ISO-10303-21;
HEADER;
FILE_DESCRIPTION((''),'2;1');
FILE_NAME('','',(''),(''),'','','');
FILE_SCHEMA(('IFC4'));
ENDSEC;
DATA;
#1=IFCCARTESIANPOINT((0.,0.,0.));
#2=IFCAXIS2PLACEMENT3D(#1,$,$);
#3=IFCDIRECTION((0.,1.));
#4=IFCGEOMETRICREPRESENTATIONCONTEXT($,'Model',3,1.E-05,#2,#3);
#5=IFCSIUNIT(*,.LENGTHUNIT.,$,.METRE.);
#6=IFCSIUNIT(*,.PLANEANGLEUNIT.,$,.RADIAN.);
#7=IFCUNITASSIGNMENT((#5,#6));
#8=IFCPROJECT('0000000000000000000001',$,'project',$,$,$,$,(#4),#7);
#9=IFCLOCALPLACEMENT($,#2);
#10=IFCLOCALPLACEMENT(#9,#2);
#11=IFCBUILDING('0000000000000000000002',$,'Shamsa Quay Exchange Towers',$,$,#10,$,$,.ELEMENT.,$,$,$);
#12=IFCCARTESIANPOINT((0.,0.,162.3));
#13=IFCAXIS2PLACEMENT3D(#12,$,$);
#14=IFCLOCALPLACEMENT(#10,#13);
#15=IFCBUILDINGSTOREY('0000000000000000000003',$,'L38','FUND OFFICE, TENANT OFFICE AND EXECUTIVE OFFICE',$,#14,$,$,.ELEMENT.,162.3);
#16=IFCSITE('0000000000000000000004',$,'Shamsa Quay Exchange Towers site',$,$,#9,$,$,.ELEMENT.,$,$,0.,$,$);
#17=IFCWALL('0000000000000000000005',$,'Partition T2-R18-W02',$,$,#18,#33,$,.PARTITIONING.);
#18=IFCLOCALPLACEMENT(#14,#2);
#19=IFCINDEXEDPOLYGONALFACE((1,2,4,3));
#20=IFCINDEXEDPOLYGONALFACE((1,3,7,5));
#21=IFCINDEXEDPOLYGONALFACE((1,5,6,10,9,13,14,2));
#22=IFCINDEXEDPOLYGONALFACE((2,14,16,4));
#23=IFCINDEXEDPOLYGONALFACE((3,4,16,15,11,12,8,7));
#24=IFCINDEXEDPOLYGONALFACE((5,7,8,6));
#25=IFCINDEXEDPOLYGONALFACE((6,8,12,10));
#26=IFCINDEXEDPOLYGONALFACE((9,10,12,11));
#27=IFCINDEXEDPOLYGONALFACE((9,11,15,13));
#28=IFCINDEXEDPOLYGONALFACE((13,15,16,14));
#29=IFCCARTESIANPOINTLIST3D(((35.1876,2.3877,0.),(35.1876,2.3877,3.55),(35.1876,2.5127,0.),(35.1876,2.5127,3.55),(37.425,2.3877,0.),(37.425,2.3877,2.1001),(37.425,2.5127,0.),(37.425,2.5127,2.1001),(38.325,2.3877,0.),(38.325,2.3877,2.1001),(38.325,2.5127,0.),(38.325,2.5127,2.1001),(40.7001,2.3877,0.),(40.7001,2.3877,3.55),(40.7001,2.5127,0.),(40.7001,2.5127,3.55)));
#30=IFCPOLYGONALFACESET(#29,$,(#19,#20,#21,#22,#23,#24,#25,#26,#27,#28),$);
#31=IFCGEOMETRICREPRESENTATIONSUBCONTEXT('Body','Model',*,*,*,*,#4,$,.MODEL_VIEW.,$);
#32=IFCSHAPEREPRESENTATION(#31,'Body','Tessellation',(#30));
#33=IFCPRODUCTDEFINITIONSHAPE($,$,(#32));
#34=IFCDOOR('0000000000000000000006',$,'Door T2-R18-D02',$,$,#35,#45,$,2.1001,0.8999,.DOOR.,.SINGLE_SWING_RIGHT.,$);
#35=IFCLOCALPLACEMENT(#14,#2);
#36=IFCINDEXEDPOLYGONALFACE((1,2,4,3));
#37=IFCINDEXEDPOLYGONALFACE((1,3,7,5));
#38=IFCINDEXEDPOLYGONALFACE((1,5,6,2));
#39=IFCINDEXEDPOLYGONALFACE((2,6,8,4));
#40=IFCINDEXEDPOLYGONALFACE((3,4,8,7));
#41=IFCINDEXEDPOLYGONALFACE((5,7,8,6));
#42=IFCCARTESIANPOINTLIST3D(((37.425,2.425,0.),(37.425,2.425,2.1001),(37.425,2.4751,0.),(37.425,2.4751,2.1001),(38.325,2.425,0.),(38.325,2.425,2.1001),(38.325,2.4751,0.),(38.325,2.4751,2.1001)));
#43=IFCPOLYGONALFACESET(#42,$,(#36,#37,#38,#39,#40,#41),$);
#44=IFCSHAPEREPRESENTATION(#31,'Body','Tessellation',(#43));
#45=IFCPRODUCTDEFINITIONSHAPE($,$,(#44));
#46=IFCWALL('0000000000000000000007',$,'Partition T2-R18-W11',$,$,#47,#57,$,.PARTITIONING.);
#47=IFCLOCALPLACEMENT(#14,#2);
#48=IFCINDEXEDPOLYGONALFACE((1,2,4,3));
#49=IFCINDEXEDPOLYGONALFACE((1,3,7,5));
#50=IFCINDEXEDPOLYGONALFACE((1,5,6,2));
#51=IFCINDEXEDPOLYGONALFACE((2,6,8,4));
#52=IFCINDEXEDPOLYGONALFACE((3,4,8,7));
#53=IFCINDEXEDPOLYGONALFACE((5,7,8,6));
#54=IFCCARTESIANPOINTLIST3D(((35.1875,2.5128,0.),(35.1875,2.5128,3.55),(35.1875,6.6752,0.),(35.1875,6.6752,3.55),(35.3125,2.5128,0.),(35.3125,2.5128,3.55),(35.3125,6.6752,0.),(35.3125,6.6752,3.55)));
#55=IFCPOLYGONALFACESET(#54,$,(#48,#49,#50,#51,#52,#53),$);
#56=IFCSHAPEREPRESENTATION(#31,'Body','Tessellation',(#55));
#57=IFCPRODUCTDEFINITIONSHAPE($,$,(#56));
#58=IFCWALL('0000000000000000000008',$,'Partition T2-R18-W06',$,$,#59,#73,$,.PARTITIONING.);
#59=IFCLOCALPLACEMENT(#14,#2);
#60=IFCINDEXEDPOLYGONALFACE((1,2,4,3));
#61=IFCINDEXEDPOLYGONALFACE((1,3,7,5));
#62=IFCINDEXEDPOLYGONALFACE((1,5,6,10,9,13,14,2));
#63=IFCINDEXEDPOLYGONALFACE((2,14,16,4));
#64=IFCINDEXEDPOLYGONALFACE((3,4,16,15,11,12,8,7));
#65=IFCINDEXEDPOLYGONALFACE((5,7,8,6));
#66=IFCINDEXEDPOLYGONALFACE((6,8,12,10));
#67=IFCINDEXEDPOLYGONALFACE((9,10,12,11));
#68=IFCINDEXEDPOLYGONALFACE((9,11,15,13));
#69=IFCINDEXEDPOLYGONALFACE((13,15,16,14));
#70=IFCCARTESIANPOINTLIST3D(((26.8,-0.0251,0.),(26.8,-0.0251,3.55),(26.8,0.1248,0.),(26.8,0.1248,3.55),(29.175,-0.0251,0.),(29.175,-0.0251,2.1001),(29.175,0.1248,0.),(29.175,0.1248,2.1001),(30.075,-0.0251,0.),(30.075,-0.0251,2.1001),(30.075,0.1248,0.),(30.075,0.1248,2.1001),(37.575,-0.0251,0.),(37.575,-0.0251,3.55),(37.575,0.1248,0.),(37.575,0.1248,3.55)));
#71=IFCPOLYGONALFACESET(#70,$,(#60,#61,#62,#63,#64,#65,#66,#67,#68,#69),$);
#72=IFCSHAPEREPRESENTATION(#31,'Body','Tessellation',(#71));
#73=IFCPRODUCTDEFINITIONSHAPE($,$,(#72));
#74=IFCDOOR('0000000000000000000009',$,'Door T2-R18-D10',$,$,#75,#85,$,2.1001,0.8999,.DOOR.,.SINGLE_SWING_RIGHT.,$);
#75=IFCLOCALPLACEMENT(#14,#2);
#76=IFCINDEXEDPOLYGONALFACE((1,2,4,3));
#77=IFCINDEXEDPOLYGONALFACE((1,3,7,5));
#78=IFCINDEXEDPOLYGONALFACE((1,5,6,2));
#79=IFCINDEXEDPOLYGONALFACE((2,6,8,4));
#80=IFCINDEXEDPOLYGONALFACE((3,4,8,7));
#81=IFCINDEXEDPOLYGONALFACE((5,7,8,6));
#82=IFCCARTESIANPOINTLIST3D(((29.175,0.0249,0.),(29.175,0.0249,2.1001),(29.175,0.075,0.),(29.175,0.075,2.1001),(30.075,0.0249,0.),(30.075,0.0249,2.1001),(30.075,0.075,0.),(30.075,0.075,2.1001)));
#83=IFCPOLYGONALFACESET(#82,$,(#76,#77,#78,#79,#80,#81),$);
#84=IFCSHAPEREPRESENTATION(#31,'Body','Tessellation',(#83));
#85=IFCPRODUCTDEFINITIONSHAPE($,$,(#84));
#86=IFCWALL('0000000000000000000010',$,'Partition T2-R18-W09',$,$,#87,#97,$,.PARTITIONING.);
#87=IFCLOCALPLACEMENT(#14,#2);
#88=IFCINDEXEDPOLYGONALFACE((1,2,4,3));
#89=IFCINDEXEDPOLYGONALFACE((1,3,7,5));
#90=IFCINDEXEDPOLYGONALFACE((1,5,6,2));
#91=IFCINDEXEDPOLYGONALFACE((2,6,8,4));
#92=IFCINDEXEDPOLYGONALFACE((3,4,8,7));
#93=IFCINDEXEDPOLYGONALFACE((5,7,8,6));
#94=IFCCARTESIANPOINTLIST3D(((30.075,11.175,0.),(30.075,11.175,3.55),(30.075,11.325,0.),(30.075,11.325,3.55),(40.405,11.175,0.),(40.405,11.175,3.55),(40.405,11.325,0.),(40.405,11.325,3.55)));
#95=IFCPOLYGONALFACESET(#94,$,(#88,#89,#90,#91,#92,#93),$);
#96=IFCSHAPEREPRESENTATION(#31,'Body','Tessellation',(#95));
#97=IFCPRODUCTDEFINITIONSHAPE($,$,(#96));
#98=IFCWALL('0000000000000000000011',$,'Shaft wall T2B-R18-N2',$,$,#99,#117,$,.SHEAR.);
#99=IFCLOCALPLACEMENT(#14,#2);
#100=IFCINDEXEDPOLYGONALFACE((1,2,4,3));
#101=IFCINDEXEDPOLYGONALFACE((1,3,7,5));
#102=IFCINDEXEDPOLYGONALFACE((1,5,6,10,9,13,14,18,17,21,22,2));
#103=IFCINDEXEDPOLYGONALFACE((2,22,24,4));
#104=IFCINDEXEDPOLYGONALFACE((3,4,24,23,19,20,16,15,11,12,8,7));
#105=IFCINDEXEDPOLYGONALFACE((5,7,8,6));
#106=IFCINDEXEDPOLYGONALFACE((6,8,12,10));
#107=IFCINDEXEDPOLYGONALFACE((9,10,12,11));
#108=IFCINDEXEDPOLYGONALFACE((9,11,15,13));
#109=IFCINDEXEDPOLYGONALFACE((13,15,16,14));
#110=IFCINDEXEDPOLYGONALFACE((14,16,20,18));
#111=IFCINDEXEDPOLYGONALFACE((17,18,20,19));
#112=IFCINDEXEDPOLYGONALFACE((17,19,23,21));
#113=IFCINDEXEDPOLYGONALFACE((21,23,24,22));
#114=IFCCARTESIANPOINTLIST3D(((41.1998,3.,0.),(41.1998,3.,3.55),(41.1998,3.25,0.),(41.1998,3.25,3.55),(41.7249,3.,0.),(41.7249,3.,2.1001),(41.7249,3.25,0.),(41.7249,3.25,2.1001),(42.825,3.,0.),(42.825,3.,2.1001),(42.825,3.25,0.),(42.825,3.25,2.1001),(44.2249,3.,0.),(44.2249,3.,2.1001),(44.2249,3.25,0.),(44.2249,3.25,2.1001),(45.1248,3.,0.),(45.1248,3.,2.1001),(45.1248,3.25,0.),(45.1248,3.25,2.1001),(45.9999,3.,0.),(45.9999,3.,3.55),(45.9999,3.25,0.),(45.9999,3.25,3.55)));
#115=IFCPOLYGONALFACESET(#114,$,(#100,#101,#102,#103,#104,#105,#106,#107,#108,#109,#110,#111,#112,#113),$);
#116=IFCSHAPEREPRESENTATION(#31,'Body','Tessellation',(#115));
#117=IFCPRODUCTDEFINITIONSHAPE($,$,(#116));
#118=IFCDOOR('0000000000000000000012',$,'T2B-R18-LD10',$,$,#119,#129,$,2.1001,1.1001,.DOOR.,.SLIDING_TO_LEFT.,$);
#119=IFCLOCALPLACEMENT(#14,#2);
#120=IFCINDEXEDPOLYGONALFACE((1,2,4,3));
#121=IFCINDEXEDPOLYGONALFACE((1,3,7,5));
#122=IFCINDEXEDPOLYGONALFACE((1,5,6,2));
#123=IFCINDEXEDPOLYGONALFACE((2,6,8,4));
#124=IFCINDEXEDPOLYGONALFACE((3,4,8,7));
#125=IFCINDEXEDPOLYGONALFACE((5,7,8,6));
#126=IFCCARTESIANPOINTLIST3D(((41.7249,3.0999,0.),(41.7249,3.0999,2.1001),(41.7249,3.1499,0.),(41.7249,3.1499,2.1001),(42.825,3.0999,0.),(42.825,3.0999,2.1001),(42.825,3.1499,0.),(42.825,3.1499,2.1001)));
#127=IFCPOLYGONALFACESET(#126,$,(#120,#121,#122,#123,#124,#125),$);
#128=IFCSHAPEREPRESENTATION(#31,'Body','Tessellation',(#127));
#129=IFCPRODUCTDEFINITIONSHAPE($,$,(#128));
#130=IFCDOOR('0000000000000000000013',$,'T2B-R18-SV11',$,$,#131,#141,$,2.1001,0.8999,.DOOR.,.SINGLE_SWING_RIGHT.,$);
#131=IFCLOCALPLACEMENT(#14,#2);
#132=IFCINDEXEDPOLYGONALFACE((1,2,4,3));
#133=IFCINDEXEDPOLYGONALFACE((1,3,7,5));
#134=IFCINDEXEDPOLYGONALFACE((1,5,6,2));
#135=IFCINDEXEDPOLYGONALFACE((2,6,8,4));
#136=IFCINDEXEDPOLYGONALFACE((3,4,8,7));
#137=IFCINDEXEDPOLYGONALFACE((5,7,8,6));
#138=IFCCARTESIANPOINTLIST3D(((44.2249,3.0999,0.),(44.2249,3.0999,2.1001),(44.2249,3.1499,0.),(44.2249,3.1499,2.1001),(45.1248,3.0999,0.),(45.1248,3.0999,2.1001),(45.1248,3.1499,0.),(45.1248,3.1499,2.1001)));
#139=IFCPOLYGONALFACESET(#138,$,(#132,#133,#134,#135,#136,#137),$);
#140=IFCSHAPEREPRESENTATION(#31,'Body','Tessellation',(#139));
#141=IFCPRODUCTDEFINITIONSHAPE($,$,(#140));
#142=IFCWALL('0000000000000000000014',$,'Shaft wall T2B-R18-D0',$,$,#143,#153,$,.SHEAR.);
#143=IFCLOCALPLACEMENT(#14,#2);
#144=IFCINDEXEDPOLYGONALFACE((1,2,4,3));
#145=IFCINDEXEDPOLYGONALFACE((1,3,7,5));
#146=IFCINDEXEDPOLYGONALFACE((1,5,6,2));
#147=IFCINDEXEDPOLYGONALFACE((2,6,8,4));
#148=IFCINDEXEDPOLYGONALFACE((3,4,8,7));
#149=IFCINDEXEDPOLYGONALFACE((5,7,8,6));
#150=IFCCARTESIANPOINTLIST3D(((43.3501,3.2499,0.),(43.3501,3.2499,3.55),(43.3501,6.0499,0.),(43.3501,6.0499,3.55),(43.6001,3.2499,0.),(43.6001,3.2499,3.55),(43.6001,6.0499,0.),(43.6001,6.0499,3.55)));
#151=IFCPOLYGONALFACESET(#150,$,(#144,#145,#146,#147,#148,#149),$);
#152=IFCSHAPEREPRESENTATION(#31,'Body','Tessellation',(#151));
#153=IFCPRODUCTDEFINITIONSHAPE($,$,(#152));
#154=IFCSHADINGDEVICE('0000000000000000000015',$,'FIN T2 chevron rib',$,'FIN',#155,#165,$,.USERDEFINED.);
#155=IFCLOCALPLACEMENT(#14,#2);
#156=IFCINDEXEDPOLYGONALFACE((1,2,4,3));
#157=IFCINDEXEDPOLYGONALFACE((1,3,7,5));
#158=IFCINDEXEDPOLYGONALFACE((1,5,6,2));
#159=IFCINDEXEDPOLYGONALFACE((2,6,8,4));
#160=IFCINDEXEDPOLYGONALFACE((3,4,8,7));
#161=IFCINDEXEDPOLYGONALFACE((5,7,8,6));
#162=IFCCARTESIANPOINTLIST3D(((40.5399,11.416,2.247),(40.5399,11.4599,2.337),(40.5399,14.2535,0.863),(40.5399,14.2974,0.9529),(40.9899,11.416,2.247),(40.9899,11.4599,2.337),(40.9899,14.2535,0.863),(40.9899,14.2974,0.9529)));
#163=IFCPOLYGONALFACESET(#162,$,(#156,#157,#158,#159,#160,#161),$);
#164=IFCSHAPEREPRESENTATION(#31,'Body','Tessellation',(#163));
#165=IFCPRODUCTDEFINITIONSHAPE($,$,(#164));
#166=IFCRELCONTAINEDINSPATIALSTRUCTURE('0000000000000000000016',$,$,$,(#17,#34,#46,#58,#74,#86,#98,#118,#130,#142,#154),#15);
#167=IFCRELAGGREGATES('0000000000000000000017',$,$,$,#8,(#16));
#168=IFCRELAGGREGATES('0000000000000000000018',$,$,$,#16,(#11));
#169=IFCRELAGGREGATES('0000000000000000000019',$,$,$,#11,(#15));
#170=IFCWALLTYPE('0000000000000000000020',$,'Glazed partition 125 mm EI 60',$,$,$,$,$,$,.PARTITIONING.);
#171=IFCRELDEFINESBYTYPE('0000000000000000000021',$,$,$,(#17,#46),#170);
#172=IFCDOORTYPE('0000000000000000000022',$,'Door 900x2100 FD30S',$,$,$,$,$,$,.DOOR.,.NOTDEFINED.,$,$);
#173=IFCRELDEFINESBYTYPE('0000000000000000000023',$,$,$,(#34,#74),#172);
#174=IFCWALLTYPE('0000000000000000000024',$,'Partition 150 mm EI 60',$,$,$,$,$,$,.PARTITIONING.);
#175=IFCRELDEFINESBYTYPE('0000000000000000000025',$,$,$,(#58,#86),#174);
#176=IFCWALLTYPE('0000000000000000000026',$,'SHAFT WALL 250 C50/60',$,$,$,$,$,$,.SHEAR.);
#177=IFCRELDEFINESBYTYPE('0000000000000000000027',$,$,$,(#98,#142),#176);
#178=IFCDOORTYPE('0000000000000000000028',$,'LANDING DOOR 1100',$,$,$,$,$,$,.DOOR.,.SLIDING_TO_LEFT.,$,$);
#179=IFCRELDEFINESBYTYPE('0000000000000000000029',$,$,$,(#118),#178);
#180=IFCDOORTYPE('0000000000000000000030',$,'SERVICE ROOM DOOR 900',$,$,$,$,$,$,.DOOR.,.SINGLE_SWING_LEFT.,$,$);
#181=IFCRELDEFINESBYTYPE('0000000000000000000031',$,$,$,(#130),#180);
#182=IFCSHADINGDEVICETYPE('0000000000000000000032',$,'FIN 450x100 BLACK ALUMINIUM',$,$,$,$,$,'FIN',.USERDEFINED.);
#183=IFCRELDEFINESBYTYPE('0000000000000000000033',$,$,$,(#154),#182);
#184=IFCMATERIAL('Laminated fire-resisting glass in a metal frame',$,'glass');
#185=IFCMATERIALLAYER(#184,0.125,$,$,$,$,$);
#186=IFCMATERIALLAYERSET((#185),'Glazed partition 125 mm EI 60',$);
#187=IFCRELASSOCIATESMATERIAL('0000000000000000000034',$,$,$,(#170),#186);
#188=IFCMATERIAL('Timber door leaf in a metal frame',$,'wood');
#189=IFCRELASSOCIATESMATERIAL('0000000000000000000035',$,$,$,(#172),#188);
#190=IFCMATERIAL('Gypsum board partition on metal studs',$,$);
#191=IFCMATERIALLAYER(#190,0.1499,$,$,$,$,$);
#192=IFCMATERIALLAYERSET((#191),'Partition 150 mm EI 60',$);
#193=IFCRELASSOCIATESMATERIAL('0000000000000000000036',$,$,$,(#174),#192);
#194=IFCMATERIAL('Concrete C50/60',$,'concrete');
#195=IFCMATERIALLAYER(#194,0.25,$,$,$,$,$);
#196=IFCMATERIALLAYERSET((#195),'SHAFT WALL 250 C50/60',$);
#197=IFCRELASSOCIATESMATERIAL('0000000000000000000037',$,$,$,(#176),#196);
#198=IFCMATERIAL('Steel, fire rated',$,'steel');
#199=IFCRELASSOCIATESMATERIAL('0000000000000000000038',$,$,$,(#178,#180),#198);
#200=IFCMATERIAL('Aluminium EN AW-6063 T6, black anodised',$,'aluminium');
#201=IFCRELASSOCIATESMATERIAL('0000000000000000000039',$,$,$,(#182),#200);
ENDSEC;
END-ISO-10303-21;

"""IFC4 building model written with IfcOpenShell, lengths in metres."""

from ifc_helpers import new_model, si_unit, direction, frame, frame_2d, origin, origin_2d, place, context, subcontext, project, spatial, rectangle, extrude, material, layer, layer_set, material_profile, profile_set, type_object, element, fill, save


model = new_model("IFC4")

# Units and contexts
model_context = context("Model", 3, precision=1e-05, world=origin(), true_north=direction((0.0, 1.0)))
body_context = subcontext(model_context, "Body", "Model", "MODEL_VIEW")
ifc_project = project(units=[si_unit("LENGTHUNIT", "METRE"), si_unit("PLANEANGLEUNIT", "RADIAN")], contexts=[model_context])

# Site, building, storey
site_placement = place(None, origin())
site = spatial("IfcSite", under=ifc_project, at=site_placement, Name="Shamsa Quay Exchange Towers site", CompositionType="ELEMENT", RefElevation=0.0)
building_placement = place(site_placement, origin())
building = spatial("IfcBuilding", under=site, at=building_placement, Name="Shamsa Quay Exchange Towers", CompositionType="ELEMENT")
storey_placement = place(building_placement, frame((0.0, 0.0, 162.3)))
storey = spatial("IfcBuildingStorey", under=building, at=storey_placement, Name="L38", Description="FUND OFFICE, TENANT OFFICE AND EXECUTIVE OFFICE", CompositionType="ELEMENT", Elevation=162.3)

# Shared definitions
ifc_material_1 = material(Name="Aluminium EN AW-6063 T6, black anodised", Category="aluminium")

# Wall, opening, door
ifc_material_2 = material(Name="Laminated fire-resisting glass in a metal frame", Category="glass")
ifc_layer_1 = layer(ifc_material_2, 0.125)
ifc_layer_set_1 = layer_set([ifc_layer_1], Name="Glazed partition 125 mm EI 60")
wall_type_1 = type_object("IfcWallType", Name="Glazed partition 125 mm EI 60", PredefinedType="PARTITIONING", material=ifc_layer_set_1)
wall_1_placement = place(storey_placement, frame((35.1875, 2.4502, 0.0)))
wall_1 = element("IfcWall", 1, at=wall_1_placement, inside=storey, type_object=wall_type_1, Name="Partition T2-R18-W02", PredefinedType="PARTITIONING", context=body_context, shape_type="SweptSolid", body=[
    extrude(rectangle(XDim=5.5125, YDim=0.125, at=frame_2d((2.7563, 0.0))), origin(), (0.0, 0.0, 1.0), 3.55),
])
opening_1_placement = place(wall_1_placement, frame((2.2375, 0.0, 0.0)))
opening_1 = element("IfcOpeningElement", 2, at=opening_1_placement, cuts=wall_1, PredefinedType="OPENING", context=body_context, shape_type="SweptSolid", body=[
    extrude(rectangle(XDim=0.8999, YDim=2.1001, at=frame_2d((0.45, 1.05))), frame((0.0, 0.0725, 0.0), z_axis=(0.0, -1.0, 0.0), x_axis=(1.0, 0.0, 0.0)), (0.0, 0.0, 1.0), 0.145),
])
ifc_material_3 = material(Name="Timber door leaf in a metal frame", Category="wood")
door_type_1 = type_object("IfcDoorType", Name="Door 900x2100 FD30S", OperationType="NOTDEFINED", PredefinedType="DOOR", material=ifc_material_3)
door_1_placement = place(opening_1_placement, origin())
door_1 = element("IfcDoor", 3, at=door_1_placement, inside=storey, type_object=door_type_1, Name="Door T2-R18-D02", OperationType="SINGLE_SWING_RIGHT", OverallHeight=2.1001, OverallWidth=0.8999, PredefinedType="DOOR", context=body_context, shape_type="SweptSolid", body=[
    extrude(rectangle(XDim=0.8999, YDim=2.1001, at=frame_2d((0.45, 1.05))), frame((0.0, 0.0249, 0.0), z_axis=(0.0, -1.0, 0.0), x_axis=(1.0, 0.0, 0.0)), (0.0, 0.0, 1.0), 0.05),
])
fill(opening_1, door_1)

# Wall
wall_2_placement = place(storey_placement, frame((35.25, 6.675, 0.0), z_axis=(0.0, 0.0, 1.0), x_axis=(0.0, -1.0, 0.0)))
element("IfcWall", 4, at=wall_2_placement, inside=storey, type_object=wall_type_1, Name="Partition T2-R18-W11", PredefinedType="PARTITIONING", context=body_context, shape_type="SweptSolid", body=[
    extrude(rectangle(XDim=4.1624, YDim=0.125, at=frame_2d((2.0811, 0.0))), origin(), (0.0, 0.0, 1.0), 3.55),
])

# Wall, opening, door
ifc_material_4 = material(Name="Gypsum board partition on metal studs")
ifc_layer_2 = layer(ifc_material_4, 0.1499)
ifc_layer_set_2 = layer_set([ifc_layer_2], Name="Partition 150 mm EI 60")
wall_type_2 = type_object("IfcWallType", Name="Partition 150 mm EI 60", PredefinedType="PARTITIONING", material=ifc_layer_set_2)
wall_3_placement = place(storey_placement, frame((37.575, 0.0498, 0.0), z_axis=(0.0, 0.0, 1.0), x_axis=(-1.0, 0.0, 0.0)))
wall_3 = element("IfcWall", 5, at=wall_3_placement, inside=storey, type_object=wall_type_2, Name="Partition T2-R18-W06", PredefinedType="PARTITIONING", context=body_context, shape_type="SweptSolid", body=[
    extrude(rectangle(XDim=10.7749, YDim=0.1499, at=frame_2d((5.3875, 0.0))), origin(), (0.0, 0.0, 1.0), 3.55),
])
opening_2_placement = place(wall_3_placement, frame((7.5, 0.0, 0.0)))
opening_2 = element("IfcOpeningElement", 6, at=opening_2_placement, cuts=wall_3, PredefinedType="OPENING", context=body_context, shape_type="SweptSolid", body=[
    extrude(rectangle(XDim=0.8999, YDim=2.1001, at=frame_2d((0.45, 1.05))), frame((0.0, 0.085, 0.0), z_axis=(0.0, -1.0, 0.0), x_axis=(1.0, 0.0, 0.0)), (0.0, 0.0, 1.0), 0.1699),
])
door_2_placement = place(opening_2_placement, origin())
door_2 = element("IfcDoor", 7, at=door_2_placement, inside=storey, type_object=door_type_1, Name="Door T2-R18-D10", OperationType="SINGLE_SWING_RIGHT", OverallHeight=2.1001, OverallWidth=0.8999, PredefinedType="DOOR", context=body_context, shape_type="SweptSolid", body=[
    extrude(rectangle(XDim=0.8999, YDim=2.1001, at=frame_2d((0.45, 1.05))), frame((0.0, 0.0249, 0.0), z_axis=(0.0, -1.0, 0.0), x_axis=(1.0, 0.0, 0.0)), (0.0, 0.0, 1.0), 0.05),
])
fill(opening_2, door_2)

# Wall
wall_4_placement = place(storey_placement, frame((40.405, 11.25, 0.0), z_axis=(0.0, 0.0, 1.0), x_axis=(-1.0, 0.0, 0.0)))
element("IfcWall", 8, at=wall_4_placement, inside=storey, type_object=wall_type_2, Name="Partition T2-R18-W09", PredefinedType="PARTITIONING", context=body_context, shape_type="SweptSolid", body=[
    extrude(rectangle(XDim=10.3301, YDim=0.1499, at=frame_2d((5.165, 0.0))), origin(), (0.0, 0.0, 1.0), 3.55),
])

# Wall, openings, doors
ifc_material_5 = material(Name="Concrete C50/60", Category="concrete")
ifc_layer_3 = layer(ifc_material_5, 0.25)
ifc_layer_set_3 = layer_set([ifc_layer_3], Name="SHAFT WALL 250 C50/60")
wall_type_3 = type_object("IfcWallType", Name="SHAFT WALL 250 C50/60", PredefinedType="SHEAR", material=ifc_layer_set_3)
wall_5_placement = place(storey_placement, frame((41.2, 3.125, 0.0)))
wall_5 = element("IfcWall", 9, at=wall_5_placement, inside=storey, type_object=wall_type_3, Name="Shaft wall T2B-R18-N2", PredefinedType="SHEAR", context=body_context, shape_type="SweptSolid", body=[
    extrude(rectangle(XDim=4.8, YDim=0.25, at=frame_2d((2.3999, 0.0))), origin(), (0.0, 0.0, 1.0), 3.55),
])
opening_3_placement = place(wall_5_placement, frame((0.5249, 0.0, 0.0)))
opening_3 = element("IfcOpeningElement", 10, at=opening_3_placement, cuts=wall_5, PredefinedType="OPENING", context=body_context, shape_type="SweptSolid", body=[
    extrude(rectangle(XDim=1.1001, YDim=2.1001, at=frame_2d((0.55, 1.05))), frame((0.0, 0.135, 0.0), z_axis=(0.0, -1.0, 0.0), x_axis=(1.0, 0.0, 0.0)), (0.0, 0.0, 1.0), 0.27),
])
opening_4_placement = place(wall_5_placement, frame((3.0249, 0.0, 0.0)))
opening_4 = element("IfcOpeningElement", 11, at=opening_4_placement, cuts=wall_5, PredefinedType="OPENING", context=body_context, shape_type="SweptSolid", body=[
    extrude(rectangle(XDim=0.8999, YDim=2.1001, at=frame_2d((0.45, 1.05))), frame((0.0, 0.135, 0.0), z_axis=(0.0, -1.0, 0.0), x_axis=(1.0, 0.0, 0.0)), (0.0, 0.0, 1.0), 0.27),
])
ifc_material_6 = material(Name="Steel, fire rated", Category="steel")
door_type_2 = type_object("IfcDoorType", Name="LANDING DOOR 1100", OperationType="SLIDING_TO_LEFT", PredefinedType="DOOR", material=ifc_material_6)
door_3_placement = place(opening_3_placement, origin())
door_3 = element("IfcDoor", 12, at=door_3_placement, inside=storey, type_object=door_type_2, Name="T2B-R18-LD10", OperationType="SLIDING_TO_LEFT", OverallHeight=2.1001, OverallWidth=1.1001, PredefinedType="DOOR", context=body_context, shape_type="SweptSolid", body=[
    extrude(rectangle(XDim=1.1001, YDim=2.1001, at=frame_2d((0.55, 1.05))), frame((0.0, 0.0249, 0.0), z_axis=(0.0, -1.0, 0.0), x_axis=(1.0, 0.0, 0.0)), (0.0, 0.0, 1.0), 0.05),
])
fill(opening_3, door_3)
door_type_3 = type_object("IfcDoorType", Name="SERVICE ROOM DOOR 900", OperationType="SINGLE_SWING_LEFT", PredefinedType="DOOR", material=ifc_material_6)
door_4_placement = place(opening_4_placement, origin())
door_4 = element("IfcDoor", 13, at=door_4_placement, inside=storey, type_object=door_type_3, Name="T2B-R18-SV11", OperationType="SINGLE_SWING_RIGHT", OverallHeight=2.1001, OverallWidth=0.8999, PredefinedType="DOOR", context=body_context, shape_type="SweptSolid", body=[
    extrude(rectangle(XDim=0.8999, YDim=2.1001, at=frame_2d((0.45, 1.05))), frame((0.0, 0.0249, 0.0), z_axis=(0.0, -1.0, 0.0), x_axis=(1.0, 0.0, 0.0)), (0.0, 0.0, 1.0), 0.05),
])
fill(opening_4, door_4)

# Wall
wall_6_placement = place(storey_placement, frame((43.4751, 3.25, 0.0), z_axis=(0.0, 0.0, 1.0), x_axis=(0.0, 1.0, 0.0)))
element("IfcWall", 14, at=wall_6_placement, inside=storey, type_object=wall_type_3, Name="Shaft wall T2B-R18-D0", PredefinedType="SHEAR", context=body_context, shape_type="SweptSolid", body=[
    extrude(rectangle(XDim=2.8, YDim=0.25, at=frame_2d((1.3999, 0.0))), origin(), (0.0, 0.0, 1.0), 3.55),
])

# Shading device
ifc_material_profile_1 = material_profile(ifc_material_1, rectangle(XDim=0.45, YDim=0.1001, at=origin_2d()), Name="FIN450x100")
ifc_profile_set_1 = profile_set([ifc_material_profile_1], Name="Aluminium EN AW-6063 T6, black anodised")
shading_device_type = type_object("IfcShadingDeviceType", Name="FIN 450x100 BLACK ALUMINIUM", ElementType="FIN", PredefinedType="USERDEFINED", material=ifc_profile_set_1)
shading_device_1_placement = place(storey_placement, frame((40.7649, 11.438, 2.292), z_axis=(0.0, 0.898777, -0.438407), x_axis=(-1.0, 0.0, 0.0)))
element("IfcShadingDevice", 15, at=shading_device_1_placement, inside=storey, type_object=shading_device_type, Name="FIN T2 chevron rib", ObjectType="FIN", PredefinedType="USERDEFINED", context=body_context, shape_type="SweptSolid", body=[
    extrude(rectangle(XDim=0.45, YDim=0.1001, at=origin_2d()), origin(), (0.0, 0.0, 1.0), 3.157),
])

save(model, "model.ifc")
